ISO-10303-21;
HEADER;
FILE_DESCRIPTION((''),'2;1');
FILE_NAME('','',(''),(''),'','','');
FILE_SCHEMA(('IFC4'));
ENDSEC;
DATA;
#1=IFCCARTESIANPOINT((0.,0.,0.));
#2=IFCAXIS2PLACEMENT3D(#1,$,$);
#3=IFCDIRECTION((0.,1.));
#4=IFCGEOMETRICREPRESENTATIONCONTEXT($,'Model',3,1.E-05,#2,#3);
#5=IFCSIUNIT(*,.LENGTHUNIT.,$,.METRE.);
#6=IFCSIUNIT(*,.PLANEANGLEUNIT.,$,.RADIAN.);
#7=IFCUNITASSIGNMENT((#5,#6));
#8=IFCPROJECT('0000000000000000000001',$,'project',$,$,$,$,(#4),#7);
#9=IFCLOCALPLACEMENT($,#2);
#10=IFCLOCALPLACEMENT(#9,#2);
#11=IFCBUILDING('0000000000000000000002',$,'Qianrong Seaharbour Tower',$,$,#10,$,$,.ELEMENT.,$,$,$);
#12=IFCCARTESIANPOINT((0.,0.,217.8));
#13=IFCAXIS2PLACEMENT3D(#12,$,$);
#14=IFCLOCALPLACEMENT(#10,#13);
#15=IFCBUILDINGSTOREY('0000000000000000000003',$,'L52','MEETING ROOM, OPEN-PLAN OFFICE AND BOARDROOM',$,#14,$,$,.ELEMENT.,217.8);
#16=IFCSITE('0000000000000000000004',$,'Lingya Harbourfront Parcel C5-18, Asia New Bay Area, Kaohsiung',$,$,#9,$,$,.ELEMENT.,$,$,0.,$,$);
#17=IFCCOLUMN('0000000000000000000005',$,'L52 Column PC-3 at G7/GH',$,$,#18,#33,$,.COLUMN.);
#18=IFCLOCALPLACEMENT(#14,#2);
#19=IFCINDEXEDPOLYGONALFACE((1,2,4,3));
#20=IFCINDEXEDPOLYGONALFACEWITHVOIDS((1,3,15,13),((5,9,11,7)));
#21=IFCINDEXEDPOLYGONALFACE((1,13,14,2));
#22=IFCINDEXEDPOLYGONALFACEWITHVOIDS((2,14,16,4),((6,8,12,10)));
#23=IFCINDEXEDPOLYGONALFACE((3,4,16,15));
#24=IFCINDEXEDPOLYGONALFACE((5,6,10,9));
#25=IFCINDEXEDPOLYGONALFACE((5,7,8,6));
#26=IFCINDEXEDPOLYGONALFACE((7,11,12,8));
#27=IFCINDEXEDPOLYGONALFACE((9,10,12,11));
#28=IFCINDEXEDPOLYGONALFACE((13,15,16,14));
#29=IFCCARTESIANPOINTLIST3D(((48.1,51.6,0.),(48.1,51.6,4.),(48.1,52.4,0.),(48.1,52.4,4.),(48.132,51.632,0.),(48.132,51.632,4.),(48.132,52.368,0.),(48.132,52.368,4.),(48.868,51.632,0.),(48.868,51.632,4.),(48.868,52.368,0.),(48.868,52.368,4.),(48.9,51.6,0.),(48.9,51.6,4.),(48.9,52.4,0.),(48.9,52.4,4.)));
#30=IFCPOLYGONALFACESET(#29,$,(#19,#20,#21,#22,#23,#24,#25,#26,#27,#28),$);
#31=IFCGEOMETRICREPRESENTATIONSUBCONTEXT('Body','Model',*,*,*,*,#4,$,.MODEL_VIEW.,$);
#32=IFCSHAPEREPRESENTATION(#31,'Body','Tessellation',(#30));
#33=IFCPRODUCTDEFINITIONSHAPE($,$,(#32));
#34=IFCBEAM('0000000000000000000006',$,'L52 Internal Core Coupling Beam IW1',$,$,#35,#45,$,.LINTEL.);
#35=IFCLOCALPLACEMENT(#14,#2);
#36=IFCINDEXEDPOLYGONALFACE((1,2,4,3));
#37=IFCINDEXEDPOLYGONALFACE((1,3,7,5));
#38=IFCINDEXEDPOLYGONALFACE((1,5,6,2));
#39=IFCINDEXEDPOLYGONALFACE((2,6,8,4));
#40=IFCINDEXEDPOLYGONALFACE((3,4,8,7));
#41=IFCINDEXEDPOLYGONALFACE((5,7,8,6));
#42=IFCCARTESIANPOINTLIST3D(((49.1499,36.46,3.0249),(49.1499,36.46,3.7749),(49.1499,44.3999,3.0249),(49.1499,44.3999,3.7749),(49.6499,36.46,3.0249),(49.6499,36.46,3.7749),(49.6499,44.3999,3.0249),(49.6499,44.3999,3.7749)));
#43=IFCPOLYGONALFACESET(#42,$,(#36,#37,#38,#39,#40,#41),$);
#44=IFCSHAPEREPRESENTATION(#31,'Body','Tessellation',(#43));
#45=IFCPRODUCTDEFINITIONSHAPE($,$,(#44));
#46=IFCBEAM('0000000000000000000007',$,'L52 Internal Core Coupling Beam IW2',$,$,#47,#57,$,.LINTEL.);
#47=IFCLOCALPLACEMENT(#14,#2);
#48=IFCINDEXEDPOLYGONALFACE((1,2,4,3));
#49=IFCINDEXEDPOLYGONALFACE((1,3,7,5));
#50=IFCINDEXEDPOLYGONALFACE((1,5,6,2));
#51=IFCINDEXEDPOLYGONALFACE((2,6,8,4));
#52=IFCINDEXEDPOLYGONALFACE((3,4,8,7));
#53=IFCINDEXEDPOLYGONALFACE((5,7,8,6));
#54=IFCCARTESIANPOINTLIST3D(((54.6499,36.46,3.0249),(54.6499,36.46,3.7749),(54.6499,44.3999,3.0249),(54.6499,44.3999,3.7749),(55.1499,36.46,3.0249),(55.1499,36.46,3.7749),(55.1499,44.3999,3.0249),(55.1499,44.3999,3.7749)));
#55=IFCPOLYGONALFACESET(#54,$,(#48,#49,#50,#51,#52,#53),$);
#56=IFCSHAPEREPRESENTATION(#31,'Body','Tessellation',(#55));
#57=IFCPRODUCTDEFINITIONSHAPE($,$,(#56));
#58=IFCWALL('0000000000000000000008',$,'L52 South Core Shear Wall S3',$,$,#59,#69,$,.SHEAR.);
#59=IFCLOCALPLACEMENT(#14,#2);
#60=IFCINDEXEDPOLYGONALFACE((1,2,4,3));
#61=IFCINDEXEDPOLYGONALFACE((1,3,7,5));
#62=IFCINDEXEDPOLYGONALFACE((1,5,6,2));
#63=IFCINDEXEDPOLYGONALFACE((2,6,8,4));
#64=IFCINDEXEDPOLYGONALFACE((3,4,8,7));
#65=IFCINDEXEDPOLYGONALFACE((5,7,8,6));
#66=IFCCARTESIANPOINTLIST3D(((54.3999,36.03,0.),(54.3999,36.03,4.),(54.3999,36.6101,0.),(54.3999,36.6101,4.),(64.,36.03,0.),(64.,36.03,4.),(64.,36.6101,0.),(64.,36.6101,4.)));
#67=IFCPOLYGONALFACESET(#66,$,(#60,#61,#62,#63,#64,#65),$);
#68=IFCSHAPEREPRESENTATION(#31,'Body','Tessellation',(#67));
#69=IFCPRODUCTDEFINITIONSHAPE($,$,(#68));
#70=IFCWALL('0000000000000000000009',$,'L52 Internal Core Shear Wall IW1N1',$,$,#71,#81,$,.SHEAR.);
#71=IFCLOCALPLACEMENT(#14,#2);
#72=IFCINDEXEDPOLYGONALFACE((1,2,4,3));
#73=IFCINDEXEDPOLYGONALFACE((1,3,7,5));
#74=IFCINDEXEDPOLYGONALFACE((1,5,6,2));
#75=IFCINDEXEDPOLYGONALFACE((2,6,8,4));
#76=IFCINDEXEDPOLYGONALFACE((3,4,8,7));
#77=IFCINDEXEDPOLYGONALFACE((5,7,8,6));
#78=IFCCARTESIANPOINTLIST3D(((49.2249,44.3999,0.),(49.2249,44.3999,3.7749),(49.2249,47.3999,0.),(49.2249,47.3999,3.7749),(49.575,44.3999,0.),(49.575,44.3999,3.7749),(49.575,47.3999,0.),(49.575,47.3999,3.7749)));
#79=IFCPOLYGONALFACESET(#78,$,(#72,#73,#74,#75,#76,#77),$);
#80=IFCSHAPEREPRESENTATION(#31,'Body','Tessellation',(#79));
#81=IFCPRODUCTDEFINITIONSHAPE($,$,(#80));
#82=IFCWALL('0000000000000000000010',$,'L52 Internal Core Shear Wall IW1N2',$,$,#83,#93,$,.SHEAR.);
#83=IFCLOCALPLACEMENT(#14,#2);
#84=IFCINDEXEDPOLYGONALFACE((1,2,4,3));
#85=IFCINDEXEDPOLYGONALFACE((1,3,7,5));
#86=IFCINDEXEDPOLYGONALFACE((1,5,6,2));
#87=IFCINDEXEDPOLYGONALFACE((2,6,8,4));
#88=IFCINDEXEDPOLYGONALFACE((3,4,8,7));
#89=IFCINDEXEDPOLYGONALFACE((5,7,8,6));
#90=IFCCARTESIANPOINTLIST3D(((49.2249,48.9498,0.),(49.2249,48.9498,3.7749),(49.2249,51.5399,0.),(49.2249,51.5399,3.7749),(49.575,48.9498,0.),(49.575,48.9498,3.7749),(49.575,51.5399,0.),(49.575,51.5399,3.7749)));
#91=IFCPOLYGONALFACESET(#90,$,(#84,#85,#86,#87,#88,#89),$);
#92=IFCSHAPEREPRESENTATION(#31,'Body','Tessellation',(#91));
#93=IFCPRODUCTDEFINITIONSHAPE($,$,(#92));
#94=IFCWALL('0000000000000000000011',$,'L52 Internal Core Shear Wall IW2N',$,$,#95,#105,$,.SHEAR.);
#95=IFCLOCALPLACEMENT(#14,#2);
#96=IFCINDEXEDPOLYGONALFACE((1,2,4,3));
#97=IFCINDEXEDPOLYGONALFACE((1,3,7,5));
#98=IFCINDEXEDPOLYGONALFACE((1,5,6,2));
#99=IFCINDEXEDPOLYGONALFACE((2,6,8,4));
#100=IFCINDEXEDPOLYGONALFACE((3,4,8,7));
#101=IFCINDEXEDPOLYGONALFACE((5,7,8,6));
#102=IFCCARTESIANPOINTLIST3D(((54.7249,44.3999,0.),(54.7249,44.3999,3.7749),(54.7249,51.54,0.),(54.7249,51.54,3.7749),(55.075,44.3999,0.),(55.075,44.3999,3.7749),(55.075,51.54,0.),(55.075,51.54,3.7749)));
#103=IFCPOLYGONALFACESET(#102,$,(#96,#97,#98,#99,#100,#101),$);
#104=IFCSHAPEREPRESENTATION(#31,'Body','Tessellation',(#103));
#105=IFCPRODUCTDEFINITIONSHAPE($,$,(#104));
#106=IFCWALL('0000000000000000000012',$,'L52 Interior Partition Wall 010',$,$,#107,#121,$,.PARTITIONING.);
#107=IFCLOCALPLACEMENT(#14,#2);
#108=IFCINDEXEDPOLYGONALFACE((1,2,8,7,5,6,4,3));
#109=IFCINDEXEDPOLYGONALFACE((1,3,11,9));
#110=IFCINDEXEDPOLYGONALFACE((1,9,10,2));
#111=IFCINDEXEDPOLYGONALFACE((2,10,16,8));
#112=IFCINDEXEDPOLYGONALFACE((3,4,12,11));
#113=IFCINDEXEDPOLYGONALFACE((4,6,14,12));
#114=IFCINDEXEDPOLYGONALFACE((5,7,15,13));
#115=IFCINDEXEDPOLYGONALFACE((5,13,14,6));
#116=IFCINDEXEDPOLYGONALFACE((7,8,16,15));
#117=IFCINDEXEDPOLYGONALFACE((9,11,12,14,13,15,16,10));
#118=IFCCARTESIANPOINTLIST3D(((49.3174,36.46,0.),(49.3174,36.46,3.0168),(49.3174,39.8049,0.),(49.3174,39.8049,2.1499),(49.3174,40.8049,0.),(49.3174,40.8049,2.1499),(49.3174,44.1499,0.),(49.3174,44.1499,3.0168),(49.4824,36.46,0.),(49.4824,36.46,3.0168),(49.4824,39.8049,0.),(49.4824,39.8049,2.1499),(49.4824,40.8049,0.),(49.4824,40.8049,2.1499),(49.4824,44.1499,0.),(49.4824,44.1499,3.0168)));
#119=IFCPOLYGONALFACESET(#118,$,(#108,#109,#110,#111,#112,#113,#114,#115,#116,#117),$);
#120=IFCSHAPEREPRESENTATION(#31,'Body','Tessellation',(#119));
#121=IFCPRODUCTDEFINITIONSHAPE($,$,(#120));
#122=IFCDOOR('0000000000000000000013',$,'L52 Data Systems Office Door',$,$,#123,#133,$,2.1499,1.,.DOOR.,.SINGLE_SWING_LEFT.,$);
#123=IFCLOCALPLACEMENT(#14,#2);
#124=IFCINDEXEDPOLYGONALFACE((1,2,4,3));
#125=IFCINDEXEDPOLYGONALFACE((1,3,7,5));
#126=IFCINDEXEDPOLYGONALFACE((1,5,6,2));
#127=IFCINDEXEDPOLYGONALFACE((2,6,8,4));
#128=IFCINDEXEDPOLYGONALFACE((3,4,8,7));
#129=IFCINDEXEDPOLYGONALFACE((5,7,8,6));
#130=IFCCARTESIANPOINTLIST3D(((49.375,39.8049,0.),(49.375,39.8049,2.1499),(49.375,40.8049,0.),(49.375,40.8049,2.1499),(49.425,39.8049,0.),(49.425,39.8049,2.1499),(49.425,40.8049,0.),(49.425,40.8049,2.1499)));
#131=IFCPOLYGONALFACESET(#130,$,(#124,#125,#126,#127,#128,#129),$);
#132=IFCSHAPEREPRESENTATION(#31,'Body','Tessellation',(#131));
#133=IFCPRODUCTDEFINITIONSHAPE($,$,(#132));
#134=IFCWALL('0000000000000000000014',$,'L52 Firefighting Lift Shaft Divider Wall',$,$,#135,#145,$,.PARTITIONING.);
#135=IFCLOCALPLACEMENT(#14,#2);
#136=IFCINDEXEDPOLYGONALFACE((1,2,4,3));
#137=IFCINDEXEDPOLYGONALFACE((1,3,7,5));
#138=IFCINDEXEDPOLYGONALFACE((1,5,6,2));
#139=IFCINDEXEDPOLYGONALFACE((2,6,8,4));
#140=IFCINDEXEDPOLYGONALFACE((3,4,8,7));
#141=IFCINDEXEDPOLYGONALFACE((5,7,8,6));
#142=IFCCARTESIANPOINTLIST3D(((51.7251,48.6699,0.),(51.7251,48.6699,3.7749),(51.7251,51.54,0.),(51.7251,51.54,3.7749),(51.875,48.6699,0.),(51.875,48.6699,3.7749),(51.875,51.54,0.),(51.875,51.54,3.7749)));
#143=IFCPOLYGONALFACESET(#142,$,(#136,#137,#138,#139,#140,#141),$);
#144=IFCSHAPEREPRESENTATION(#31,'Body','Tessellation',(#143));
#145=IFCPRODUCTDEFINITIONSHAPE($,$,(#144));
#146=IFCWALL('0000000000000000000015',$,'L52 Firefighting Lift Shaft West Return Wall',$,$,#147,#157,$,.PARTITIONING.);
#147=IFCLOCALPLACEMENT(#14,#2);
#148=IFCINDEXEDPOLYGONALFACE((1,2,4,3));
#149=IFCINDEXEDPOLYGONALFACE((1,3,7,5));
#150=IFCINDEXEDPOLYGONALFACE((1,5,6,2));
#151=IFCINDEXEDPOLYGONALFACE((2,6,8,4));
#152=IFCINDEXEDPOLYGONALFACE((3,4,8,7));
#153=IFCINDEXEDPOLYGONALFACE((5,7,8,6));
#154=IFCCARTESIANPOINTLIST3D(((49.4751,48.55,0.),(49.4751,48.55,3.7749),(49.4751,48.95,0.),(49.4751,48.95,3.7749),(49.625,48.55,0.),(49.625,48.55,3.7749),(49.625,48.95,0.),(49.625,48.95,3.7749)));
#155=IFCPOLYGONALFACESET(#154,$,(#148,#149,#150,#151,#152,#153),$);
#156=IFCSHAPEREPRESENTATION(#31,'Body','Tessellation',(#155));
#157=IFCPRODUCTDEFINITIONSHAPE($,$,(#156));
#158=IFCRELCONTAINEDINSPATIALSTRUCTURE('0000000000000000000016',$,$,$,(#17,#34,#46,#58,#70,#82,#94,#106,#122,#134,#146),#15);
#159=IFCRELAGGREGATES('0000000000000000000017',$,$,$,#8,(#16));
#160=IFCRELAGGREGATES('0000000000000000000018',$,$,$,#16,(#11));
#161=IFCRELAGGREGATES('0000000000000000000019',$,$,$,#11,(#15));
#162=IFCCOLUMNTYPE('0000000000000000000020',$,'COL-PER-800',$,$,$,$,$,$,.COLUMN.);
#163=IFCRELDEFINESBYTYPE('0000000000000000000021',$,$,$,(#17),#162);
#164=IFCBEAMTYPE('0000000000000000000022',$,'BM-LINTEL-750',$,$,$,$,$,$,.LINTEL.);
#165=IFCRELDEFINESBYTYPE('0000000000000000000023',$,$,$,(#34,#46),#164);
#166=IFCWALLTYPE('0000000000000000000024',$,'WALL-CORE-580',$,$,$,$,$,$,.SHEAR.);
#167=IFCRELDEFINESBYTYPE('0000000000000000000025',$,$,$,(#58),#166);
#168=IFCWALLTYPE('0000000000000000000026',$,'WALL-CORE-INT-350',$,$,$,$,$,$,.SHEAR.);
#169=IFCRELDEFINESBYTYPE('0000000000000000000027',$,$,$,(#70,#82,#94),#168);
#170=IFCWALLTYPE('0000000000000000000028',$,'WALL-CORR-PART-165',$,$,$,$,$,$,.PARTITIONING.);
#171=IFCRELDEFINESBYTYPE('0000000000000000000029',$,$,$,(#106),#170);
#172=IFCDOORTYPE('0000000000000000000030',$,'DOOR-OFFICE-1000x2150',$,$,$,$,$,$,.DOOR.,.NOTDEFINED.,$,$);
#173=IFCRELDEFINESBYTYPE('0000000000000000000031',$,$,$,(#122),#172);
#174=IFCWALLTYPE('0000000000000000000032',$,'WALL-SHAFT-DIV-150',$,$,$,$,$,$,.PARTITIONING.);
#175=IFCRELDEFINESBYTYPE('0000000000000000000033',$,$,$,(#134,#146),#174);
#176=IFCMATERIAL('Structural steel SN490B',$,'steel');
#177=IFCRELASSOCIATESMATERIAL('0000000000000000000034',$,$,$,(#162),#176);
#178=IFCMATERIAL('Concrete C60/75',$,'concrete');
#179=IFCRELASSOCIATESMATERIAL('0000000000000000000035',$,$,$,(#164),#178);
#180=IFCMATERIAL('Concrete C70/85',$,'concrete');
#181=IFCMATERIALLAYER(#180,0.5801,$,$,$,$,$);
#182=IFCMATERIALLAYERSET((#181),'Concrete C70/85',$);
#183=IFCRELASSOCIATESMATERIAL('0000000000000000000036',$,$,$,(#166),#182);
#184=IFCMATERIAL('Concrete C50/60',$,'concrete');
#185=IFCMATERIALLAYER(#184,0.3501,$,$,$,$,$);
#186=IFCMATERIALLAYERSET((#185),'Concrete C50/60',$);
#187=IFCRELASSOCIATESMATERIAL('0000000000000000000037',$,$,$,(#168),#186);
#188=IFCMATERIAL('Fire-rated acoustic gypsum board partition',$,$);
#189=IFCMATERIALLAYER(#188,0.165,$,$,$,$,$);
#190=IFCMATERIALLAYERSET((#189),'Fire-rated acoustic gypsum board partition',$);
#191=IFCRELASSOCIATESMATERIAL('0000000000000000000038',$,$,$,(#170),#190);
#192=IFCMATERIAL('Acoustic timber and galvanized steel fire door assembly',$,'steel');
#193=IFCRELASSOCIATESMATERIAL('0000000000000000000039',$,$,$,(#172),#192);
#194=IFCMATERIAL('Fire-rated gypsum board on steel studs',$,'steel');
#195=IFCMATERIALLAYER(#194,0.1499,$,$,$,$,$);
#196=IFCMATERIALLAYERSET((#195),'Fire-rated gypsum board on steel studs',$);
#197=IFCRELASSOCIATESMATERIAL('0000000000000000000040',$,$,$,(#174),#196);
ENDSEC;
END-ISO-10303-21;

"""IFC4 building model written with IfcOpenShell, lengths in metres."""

from ifc_helpers import new_model, si_unit, direction, frame, frame_2d, origin, origin_2d, place, context, subcontext, project, spatial, rectangle, hollow_rectangle, extrude, material, layer, layer_set, material_profile, profile_set, type_object, element, fill, save


model = new_model("IFC4")

# Units and contexts
model_context = context("Model", 3, precision=1e-05, world=origin(), true_north=direction((0.0, 1.0)))
body_context = subcontext(model_context, "Body", "Model", "MODEL_VIEW")
ifc_project = project(units=[si_unit("LENGTHUNIT", "METRE"), si_unit("PLANEANGLEUNIT", "RADIAN")], contexts=[model_context])

# Site, building, storey
site_placement = place(None, origin())
site = spatial("IfcSite", under=ifc_project, at=site_placement, Name="Lingya Harbourfront Parcel C5-18, Asia New Bay Area, Kaohsiung", CompositionType="ELEMENT", RefElevation=0.0)
building_placement = place(site_placement, origin())
building = spatial("IfcBuilding", under=site, at=building_placement, Name="Qianrong Seaharbour Tower", CompositionType="ELEMENT")
storey_placement = place(building_placement, frame((0.0, 0.0, 217.8)))
storey = spatial("IfcBuildingStorey", under=building, at=storey_placement, Name="L52", Description="MEETING ROOM, OPEN-PLAN OFFICE AND BOARDROOM", CompositionType="ELEMENT", Elevation=217.8)

# Column
ifc_material_1 = material(Name="Structural steel SN490B", Category="steel")
ifc_material_profile_1 = material_profile(ifc_material_1, hollow_rectangle(XDim=0.8, YDim=0.8, WallThickness=0.032, at=origin_2d()), Name="BOX800x800x32")
ifc_profile_set_1 = profile_set([ifc_material_profile_1], Name="Structural steel SN490B")
column_type = type_object("IfcColumnType", Name="COL-PER-800", PredefinedType="COLUMN", material=ifc_profile_set_1)
column_placement = place(storey_placement, frame((48.5, 52.0, 0.0), z_axis=(0.0, 0.0, 1.0), x_axis=(1.0, 0.0, 0.0)))
element("IfcColumn", 1, at=column_placement, inside=storey, type_object=column_type, Name="L52 Column PC-3 at G7/GH", PredefinedType="COLUMN", context=body_context, shape_type="SweptSolid", body=[
    extrude(hollow_rectangle(XDim=0.8, YDim=0.8, WallThickness=0.032, at=origin_2d()), origin(), (0.0, 0.0, 1.0), 4.0),
])

# Beams
ifc_material_2 = material(Name="Concrete C60/75", Category="concrete")
ifc_material_profile_2 = material_profile(ifc_material_2, rectangle(XDim=0.5, YDim=0.75, at=origin_2d()), Name="RC500x750")
ifc_profile_set_2 = profile_set([ifc_material_profile_2], Name="Concrete C60/75")
beam_type = type_object("IfcBeamType", Name="BM-LINTEL-750", PredefinedType="LINTEL", material=ifc_profile_set_2)
for number, where, z_axis, x_axis, name in (
    (2, (49.3999, 36.46, 3.3999), (0.0, 1.0, 0.0), (-1.0, 0.0, 0.0), "L52 Internal Core Coupling Beam IW1"),
    (3, (54.8999, 36.46, 3.3999), (0.0, 1.0, 0.0), (-1.0, 0.0, 0.0), "L52 Internal Core Coupling Beam IW2"),
):
    element("IfcBeam", number, at=place(storey_placement, frame(where, z_axis=z_axis, x_axis=x_axis)), inside=storey, type_object=beam_type, Name=name, PredefinedType="LINTEL", context=body_context, shape_type="SweptSolid", body=[
        extrude(rectangle(XDim=0.5, YDim=0.75, at=origin_2d()), origin(), (0.0, 0.0, 1.0), 7.9399),
    ])

# Walls
ifc_material_3 = material(Name="Concrete C70/85", Category="concrete")
ifc_layer_1 = layer(ifc_material_3, 0.5801)
ifc_layer_set_1 = layer_set([ifc_layer_1], Name="Concrete C70/85")
wall_type_1 = type_object("IfcWallType", Name="WALL-CORE-580", PredefinedType="SHEAR", material=ifc_layer_set_1)
wall_1_placement = place(storey_placement, frame((54.3999, 36.3201, 0.0), z_axis=(0.0, 0.0, 1.0), x_axis=(1.0, 0.0, 0.0)))
element("IfcWall", 4, at=wall_1_placement, inside=storey, type_object=wall_type_1, Name="L52 South Core Shear Wall S3", PredefinedType="SHEAR", context=body_context, shape_type="SweptSolid", body=[
    extrude(rectangle(XDim=9.6001, YDim=0.5801, at=frame_2d((4.8, 0.0))), origin(), (0.0, 0.0, 1.0), 4.0),
])
ifc_material_4 = material(Name="Concrete C50/60", Category="concrete")
ifc_layer_2 = layer(ifc_material_4, 0.3501)
ifc_layer_set_2 = layer_set([ifc_layer_2], Name="Concrete C50/60")
wall_type_2 = type_object("IfcWallType", Name="WALL-CORE-INT-350", PredefinedType="SHEAR", material=ifc_layer_set_2)
wall_2_placement = place(storey_placement, frame((49.3999, 44.3999, 0.0), z_axis=(0.0, 0.0, 1.0), x_axis=(0.0, 1.0, 0.0)))
element("IfcWall", 5, at=wall_2_placement, inside=storey, type_object=wall_type_2, Name="L52 Internal Core Shear Wall IW1N1", PredefinedType="SHEAR", context=body_context, shape_type="SweptSolid", body=[
    extrude(rectangle(XDim=3.0, YDim=0.3501, at=frame_2d((1.5, 0.0))), origin(), (0.0, 0.0, 1.0), 3.7749),
])
wall_3_placement = place(storey_placement, frame((49.3999, 48.95, 0.0), z_axis=(0.0, 0.0, 1.0), x_axis=(0.0, 1.0, 0.0)))
element("IfcWall", 6, at=wall_3_placement, inside=storey, type_object=wall_type_2, Name="L52 Internal Core Shear Wall IW1N2", PredefinedType="SHEAR", context=body_context, shape_type="SweptSolid", body=[
    extrude(rectangle(XDim=2.5901, YDim=0.3501, at=frame_2d((1.2949, 0.0))), origin(), (0.0, 0.0, 1.0), 3.7749),
])
wall_4_placement = place(storey_placement, frame((54.8999, 44.3999, 0.0), z_axis=(0.0, 0.0, 1.0), x_axis=(0.0, 1.0, 0.0)))
element("IfcWall", 7, at=wall_4_placement, inside=storey, type_object=wall_type_2, Name="L52 Internal Core Shear Wall IW2N", PredefinedType="SHEAR", context=body_context, shape_type="SweptSolid", body=[
    extrude(rectangle(XDim=7.1401, YDim=0.3501, at=frame_2d((3.5701, 0.0))), origin(), (0.0, 0.0, 1.0), 3.7749),
])

# Wall, opening, door
ifc_material_5 = material(Name="Fire-rated acoustic gypsum board partition")
ifc_layer_3 = layer(ifc_material_5, 0.165)
ifc_layer_set_3 = layer_set([ifc_layer_3], Name="Fire-rated acoustic gypsum board partition")
wall_type_3 = type_object("IfcWallType", Name="WALL-CORR-PART-165", PredefinedType="PARTITIONING", material=ifc_layer_set_3)
wall_5_placement = place(storey_placement, frame((49.3999, 36.46, 0.0), z_axis=(0.0, 0.0, 1.0), x_axis=(0.0, 1.0, 0.0)))
wall_5 = element("IfcWall", 8, at=wall_5_placement, inside=storey, type_object=wall_type_3, Name="L52 Interior Partition Wall 010", PredefinedType="PARTITIONING", context=body_context, shape_type="SweptSolid", body=[
    extrude(rectangle(XDim=7.6899, YDim=0.165, at=frame_2d((3.845, 0.0))), origin(), (0.0, 0.0, 1.0), 3.0168),
])
opening_1_placement = place(wall_5_placement, frame((3.345, 0.0, 0.0)))
opening_1 = element("IfcOpeningElement", 9, at=opening_1_placement, cuts=wall_5, PredefinedType="OPENING", context=body_context, shape_type="SweptSolid", body=[
    extrude(rectangle(XDim=1.0, YDim=2.1499, at=frame_2d((0.5, 1.075))), frame((0.0, 0.0925, 0.0), z_axis=(0.0, -1.0, 0.0), x_axis=(1.0, 0.0, 0.0)), (0.0, 0.0, 1.0), 0.1851),
])
ifc_material_6 = material(Name="Acoustic timber and galvanized steel fire door assembly", Category="steel")
door_type_1 = type_object("IfcDoorType", Name="DOOR-OFFICE-1000x2150", OperationType="NOTDEFINED", PredefinedType="DOOR", material=ifc_material_6)
door_1_placement = place(opening_1_placement, origin())
door_1 = element("IfcDoor", 10, at=door_1_placement, inside=storey, type_object=door_type_1, Name="L52 Data Systems Office Door", OperationType="SINGLE_SWING_LEFT", OverallHeight=2.1499, OverallWidth=1.0, PredefinedType="DOOR", context=body_context, shape_type="SweptSolid", body=[
    extrude(rectangle(XDim=1.0, YDim=2.1499, at=frame_2d((0.5, 1.075))), frame((0.0, 0.0249, 0.0), z_axis=(0.0, -1.0, 0.0), x_axis=(1.0, 0.0, 0.0)), (0.0, 0.0, 1.0), 0.05),
])
fill(opening_1, door_1)

# Walls
ifc_material_7 = material(Name="Fire-rated gypsum board on steel studs", Category="steel")
ifc_layer_4 = layer(ifc_material_7, 0.1499)
ifc_layer_set_4 = layer_set([ifc_layer_4], Name="Fire-rated gypsum board on steel studs")
wall_type_4 = type_object("IfcWallType", Name="WALL-SHAFT-DIV-150", PredefinedType="PARTITIONING", material=ifc_layer_set_4)
wall_6_placement = place(storey_placement, frame((51.8, 48.6699, 0.0), z_axis=(0.0, 0.0, 1.0), x_axis=(0.0, 1.0, 0.0)))
element("IfcWall", 11, at=wall_6_placement, inside=storey, type_object=wall_type_4, Name="L52 Firefighting Lift Shaft Divider Wall", PredefinedType="PARTITIONING", context=body_context, shape_type="SweptSolid", body=[
    extrude(rectangle(XDim=2.8701, YDim=0.1499, at=frame_2d((1.4351, 0.0))), origin(), (0.0, 0.0, 1.0), 3.7749),
])
wall_7_placement = place(storey_placement, frame((49.55, 48.55, 0.0), z_axis=(0.0, 0.0, 1.0), x_axis=(0.0, 1.0, 0.0)))
element("IfcWall", 12, at=wall_7_placement, inside=storey, type_object=wall_type_4, Name="L52 Firefighting Lift Shaft West Return Wall", PredefinedType="PARTITIONING", context=body_context, shape_type="SweptSolid", body=[
    extrude(rectangle(XDim=0.3999, YDim=0.1499, at=frame_2d((0.2, 0.0))), origin(), (0.0, 0.0, 1.0), 3.7749),
])

save(model, "model.ifc")
